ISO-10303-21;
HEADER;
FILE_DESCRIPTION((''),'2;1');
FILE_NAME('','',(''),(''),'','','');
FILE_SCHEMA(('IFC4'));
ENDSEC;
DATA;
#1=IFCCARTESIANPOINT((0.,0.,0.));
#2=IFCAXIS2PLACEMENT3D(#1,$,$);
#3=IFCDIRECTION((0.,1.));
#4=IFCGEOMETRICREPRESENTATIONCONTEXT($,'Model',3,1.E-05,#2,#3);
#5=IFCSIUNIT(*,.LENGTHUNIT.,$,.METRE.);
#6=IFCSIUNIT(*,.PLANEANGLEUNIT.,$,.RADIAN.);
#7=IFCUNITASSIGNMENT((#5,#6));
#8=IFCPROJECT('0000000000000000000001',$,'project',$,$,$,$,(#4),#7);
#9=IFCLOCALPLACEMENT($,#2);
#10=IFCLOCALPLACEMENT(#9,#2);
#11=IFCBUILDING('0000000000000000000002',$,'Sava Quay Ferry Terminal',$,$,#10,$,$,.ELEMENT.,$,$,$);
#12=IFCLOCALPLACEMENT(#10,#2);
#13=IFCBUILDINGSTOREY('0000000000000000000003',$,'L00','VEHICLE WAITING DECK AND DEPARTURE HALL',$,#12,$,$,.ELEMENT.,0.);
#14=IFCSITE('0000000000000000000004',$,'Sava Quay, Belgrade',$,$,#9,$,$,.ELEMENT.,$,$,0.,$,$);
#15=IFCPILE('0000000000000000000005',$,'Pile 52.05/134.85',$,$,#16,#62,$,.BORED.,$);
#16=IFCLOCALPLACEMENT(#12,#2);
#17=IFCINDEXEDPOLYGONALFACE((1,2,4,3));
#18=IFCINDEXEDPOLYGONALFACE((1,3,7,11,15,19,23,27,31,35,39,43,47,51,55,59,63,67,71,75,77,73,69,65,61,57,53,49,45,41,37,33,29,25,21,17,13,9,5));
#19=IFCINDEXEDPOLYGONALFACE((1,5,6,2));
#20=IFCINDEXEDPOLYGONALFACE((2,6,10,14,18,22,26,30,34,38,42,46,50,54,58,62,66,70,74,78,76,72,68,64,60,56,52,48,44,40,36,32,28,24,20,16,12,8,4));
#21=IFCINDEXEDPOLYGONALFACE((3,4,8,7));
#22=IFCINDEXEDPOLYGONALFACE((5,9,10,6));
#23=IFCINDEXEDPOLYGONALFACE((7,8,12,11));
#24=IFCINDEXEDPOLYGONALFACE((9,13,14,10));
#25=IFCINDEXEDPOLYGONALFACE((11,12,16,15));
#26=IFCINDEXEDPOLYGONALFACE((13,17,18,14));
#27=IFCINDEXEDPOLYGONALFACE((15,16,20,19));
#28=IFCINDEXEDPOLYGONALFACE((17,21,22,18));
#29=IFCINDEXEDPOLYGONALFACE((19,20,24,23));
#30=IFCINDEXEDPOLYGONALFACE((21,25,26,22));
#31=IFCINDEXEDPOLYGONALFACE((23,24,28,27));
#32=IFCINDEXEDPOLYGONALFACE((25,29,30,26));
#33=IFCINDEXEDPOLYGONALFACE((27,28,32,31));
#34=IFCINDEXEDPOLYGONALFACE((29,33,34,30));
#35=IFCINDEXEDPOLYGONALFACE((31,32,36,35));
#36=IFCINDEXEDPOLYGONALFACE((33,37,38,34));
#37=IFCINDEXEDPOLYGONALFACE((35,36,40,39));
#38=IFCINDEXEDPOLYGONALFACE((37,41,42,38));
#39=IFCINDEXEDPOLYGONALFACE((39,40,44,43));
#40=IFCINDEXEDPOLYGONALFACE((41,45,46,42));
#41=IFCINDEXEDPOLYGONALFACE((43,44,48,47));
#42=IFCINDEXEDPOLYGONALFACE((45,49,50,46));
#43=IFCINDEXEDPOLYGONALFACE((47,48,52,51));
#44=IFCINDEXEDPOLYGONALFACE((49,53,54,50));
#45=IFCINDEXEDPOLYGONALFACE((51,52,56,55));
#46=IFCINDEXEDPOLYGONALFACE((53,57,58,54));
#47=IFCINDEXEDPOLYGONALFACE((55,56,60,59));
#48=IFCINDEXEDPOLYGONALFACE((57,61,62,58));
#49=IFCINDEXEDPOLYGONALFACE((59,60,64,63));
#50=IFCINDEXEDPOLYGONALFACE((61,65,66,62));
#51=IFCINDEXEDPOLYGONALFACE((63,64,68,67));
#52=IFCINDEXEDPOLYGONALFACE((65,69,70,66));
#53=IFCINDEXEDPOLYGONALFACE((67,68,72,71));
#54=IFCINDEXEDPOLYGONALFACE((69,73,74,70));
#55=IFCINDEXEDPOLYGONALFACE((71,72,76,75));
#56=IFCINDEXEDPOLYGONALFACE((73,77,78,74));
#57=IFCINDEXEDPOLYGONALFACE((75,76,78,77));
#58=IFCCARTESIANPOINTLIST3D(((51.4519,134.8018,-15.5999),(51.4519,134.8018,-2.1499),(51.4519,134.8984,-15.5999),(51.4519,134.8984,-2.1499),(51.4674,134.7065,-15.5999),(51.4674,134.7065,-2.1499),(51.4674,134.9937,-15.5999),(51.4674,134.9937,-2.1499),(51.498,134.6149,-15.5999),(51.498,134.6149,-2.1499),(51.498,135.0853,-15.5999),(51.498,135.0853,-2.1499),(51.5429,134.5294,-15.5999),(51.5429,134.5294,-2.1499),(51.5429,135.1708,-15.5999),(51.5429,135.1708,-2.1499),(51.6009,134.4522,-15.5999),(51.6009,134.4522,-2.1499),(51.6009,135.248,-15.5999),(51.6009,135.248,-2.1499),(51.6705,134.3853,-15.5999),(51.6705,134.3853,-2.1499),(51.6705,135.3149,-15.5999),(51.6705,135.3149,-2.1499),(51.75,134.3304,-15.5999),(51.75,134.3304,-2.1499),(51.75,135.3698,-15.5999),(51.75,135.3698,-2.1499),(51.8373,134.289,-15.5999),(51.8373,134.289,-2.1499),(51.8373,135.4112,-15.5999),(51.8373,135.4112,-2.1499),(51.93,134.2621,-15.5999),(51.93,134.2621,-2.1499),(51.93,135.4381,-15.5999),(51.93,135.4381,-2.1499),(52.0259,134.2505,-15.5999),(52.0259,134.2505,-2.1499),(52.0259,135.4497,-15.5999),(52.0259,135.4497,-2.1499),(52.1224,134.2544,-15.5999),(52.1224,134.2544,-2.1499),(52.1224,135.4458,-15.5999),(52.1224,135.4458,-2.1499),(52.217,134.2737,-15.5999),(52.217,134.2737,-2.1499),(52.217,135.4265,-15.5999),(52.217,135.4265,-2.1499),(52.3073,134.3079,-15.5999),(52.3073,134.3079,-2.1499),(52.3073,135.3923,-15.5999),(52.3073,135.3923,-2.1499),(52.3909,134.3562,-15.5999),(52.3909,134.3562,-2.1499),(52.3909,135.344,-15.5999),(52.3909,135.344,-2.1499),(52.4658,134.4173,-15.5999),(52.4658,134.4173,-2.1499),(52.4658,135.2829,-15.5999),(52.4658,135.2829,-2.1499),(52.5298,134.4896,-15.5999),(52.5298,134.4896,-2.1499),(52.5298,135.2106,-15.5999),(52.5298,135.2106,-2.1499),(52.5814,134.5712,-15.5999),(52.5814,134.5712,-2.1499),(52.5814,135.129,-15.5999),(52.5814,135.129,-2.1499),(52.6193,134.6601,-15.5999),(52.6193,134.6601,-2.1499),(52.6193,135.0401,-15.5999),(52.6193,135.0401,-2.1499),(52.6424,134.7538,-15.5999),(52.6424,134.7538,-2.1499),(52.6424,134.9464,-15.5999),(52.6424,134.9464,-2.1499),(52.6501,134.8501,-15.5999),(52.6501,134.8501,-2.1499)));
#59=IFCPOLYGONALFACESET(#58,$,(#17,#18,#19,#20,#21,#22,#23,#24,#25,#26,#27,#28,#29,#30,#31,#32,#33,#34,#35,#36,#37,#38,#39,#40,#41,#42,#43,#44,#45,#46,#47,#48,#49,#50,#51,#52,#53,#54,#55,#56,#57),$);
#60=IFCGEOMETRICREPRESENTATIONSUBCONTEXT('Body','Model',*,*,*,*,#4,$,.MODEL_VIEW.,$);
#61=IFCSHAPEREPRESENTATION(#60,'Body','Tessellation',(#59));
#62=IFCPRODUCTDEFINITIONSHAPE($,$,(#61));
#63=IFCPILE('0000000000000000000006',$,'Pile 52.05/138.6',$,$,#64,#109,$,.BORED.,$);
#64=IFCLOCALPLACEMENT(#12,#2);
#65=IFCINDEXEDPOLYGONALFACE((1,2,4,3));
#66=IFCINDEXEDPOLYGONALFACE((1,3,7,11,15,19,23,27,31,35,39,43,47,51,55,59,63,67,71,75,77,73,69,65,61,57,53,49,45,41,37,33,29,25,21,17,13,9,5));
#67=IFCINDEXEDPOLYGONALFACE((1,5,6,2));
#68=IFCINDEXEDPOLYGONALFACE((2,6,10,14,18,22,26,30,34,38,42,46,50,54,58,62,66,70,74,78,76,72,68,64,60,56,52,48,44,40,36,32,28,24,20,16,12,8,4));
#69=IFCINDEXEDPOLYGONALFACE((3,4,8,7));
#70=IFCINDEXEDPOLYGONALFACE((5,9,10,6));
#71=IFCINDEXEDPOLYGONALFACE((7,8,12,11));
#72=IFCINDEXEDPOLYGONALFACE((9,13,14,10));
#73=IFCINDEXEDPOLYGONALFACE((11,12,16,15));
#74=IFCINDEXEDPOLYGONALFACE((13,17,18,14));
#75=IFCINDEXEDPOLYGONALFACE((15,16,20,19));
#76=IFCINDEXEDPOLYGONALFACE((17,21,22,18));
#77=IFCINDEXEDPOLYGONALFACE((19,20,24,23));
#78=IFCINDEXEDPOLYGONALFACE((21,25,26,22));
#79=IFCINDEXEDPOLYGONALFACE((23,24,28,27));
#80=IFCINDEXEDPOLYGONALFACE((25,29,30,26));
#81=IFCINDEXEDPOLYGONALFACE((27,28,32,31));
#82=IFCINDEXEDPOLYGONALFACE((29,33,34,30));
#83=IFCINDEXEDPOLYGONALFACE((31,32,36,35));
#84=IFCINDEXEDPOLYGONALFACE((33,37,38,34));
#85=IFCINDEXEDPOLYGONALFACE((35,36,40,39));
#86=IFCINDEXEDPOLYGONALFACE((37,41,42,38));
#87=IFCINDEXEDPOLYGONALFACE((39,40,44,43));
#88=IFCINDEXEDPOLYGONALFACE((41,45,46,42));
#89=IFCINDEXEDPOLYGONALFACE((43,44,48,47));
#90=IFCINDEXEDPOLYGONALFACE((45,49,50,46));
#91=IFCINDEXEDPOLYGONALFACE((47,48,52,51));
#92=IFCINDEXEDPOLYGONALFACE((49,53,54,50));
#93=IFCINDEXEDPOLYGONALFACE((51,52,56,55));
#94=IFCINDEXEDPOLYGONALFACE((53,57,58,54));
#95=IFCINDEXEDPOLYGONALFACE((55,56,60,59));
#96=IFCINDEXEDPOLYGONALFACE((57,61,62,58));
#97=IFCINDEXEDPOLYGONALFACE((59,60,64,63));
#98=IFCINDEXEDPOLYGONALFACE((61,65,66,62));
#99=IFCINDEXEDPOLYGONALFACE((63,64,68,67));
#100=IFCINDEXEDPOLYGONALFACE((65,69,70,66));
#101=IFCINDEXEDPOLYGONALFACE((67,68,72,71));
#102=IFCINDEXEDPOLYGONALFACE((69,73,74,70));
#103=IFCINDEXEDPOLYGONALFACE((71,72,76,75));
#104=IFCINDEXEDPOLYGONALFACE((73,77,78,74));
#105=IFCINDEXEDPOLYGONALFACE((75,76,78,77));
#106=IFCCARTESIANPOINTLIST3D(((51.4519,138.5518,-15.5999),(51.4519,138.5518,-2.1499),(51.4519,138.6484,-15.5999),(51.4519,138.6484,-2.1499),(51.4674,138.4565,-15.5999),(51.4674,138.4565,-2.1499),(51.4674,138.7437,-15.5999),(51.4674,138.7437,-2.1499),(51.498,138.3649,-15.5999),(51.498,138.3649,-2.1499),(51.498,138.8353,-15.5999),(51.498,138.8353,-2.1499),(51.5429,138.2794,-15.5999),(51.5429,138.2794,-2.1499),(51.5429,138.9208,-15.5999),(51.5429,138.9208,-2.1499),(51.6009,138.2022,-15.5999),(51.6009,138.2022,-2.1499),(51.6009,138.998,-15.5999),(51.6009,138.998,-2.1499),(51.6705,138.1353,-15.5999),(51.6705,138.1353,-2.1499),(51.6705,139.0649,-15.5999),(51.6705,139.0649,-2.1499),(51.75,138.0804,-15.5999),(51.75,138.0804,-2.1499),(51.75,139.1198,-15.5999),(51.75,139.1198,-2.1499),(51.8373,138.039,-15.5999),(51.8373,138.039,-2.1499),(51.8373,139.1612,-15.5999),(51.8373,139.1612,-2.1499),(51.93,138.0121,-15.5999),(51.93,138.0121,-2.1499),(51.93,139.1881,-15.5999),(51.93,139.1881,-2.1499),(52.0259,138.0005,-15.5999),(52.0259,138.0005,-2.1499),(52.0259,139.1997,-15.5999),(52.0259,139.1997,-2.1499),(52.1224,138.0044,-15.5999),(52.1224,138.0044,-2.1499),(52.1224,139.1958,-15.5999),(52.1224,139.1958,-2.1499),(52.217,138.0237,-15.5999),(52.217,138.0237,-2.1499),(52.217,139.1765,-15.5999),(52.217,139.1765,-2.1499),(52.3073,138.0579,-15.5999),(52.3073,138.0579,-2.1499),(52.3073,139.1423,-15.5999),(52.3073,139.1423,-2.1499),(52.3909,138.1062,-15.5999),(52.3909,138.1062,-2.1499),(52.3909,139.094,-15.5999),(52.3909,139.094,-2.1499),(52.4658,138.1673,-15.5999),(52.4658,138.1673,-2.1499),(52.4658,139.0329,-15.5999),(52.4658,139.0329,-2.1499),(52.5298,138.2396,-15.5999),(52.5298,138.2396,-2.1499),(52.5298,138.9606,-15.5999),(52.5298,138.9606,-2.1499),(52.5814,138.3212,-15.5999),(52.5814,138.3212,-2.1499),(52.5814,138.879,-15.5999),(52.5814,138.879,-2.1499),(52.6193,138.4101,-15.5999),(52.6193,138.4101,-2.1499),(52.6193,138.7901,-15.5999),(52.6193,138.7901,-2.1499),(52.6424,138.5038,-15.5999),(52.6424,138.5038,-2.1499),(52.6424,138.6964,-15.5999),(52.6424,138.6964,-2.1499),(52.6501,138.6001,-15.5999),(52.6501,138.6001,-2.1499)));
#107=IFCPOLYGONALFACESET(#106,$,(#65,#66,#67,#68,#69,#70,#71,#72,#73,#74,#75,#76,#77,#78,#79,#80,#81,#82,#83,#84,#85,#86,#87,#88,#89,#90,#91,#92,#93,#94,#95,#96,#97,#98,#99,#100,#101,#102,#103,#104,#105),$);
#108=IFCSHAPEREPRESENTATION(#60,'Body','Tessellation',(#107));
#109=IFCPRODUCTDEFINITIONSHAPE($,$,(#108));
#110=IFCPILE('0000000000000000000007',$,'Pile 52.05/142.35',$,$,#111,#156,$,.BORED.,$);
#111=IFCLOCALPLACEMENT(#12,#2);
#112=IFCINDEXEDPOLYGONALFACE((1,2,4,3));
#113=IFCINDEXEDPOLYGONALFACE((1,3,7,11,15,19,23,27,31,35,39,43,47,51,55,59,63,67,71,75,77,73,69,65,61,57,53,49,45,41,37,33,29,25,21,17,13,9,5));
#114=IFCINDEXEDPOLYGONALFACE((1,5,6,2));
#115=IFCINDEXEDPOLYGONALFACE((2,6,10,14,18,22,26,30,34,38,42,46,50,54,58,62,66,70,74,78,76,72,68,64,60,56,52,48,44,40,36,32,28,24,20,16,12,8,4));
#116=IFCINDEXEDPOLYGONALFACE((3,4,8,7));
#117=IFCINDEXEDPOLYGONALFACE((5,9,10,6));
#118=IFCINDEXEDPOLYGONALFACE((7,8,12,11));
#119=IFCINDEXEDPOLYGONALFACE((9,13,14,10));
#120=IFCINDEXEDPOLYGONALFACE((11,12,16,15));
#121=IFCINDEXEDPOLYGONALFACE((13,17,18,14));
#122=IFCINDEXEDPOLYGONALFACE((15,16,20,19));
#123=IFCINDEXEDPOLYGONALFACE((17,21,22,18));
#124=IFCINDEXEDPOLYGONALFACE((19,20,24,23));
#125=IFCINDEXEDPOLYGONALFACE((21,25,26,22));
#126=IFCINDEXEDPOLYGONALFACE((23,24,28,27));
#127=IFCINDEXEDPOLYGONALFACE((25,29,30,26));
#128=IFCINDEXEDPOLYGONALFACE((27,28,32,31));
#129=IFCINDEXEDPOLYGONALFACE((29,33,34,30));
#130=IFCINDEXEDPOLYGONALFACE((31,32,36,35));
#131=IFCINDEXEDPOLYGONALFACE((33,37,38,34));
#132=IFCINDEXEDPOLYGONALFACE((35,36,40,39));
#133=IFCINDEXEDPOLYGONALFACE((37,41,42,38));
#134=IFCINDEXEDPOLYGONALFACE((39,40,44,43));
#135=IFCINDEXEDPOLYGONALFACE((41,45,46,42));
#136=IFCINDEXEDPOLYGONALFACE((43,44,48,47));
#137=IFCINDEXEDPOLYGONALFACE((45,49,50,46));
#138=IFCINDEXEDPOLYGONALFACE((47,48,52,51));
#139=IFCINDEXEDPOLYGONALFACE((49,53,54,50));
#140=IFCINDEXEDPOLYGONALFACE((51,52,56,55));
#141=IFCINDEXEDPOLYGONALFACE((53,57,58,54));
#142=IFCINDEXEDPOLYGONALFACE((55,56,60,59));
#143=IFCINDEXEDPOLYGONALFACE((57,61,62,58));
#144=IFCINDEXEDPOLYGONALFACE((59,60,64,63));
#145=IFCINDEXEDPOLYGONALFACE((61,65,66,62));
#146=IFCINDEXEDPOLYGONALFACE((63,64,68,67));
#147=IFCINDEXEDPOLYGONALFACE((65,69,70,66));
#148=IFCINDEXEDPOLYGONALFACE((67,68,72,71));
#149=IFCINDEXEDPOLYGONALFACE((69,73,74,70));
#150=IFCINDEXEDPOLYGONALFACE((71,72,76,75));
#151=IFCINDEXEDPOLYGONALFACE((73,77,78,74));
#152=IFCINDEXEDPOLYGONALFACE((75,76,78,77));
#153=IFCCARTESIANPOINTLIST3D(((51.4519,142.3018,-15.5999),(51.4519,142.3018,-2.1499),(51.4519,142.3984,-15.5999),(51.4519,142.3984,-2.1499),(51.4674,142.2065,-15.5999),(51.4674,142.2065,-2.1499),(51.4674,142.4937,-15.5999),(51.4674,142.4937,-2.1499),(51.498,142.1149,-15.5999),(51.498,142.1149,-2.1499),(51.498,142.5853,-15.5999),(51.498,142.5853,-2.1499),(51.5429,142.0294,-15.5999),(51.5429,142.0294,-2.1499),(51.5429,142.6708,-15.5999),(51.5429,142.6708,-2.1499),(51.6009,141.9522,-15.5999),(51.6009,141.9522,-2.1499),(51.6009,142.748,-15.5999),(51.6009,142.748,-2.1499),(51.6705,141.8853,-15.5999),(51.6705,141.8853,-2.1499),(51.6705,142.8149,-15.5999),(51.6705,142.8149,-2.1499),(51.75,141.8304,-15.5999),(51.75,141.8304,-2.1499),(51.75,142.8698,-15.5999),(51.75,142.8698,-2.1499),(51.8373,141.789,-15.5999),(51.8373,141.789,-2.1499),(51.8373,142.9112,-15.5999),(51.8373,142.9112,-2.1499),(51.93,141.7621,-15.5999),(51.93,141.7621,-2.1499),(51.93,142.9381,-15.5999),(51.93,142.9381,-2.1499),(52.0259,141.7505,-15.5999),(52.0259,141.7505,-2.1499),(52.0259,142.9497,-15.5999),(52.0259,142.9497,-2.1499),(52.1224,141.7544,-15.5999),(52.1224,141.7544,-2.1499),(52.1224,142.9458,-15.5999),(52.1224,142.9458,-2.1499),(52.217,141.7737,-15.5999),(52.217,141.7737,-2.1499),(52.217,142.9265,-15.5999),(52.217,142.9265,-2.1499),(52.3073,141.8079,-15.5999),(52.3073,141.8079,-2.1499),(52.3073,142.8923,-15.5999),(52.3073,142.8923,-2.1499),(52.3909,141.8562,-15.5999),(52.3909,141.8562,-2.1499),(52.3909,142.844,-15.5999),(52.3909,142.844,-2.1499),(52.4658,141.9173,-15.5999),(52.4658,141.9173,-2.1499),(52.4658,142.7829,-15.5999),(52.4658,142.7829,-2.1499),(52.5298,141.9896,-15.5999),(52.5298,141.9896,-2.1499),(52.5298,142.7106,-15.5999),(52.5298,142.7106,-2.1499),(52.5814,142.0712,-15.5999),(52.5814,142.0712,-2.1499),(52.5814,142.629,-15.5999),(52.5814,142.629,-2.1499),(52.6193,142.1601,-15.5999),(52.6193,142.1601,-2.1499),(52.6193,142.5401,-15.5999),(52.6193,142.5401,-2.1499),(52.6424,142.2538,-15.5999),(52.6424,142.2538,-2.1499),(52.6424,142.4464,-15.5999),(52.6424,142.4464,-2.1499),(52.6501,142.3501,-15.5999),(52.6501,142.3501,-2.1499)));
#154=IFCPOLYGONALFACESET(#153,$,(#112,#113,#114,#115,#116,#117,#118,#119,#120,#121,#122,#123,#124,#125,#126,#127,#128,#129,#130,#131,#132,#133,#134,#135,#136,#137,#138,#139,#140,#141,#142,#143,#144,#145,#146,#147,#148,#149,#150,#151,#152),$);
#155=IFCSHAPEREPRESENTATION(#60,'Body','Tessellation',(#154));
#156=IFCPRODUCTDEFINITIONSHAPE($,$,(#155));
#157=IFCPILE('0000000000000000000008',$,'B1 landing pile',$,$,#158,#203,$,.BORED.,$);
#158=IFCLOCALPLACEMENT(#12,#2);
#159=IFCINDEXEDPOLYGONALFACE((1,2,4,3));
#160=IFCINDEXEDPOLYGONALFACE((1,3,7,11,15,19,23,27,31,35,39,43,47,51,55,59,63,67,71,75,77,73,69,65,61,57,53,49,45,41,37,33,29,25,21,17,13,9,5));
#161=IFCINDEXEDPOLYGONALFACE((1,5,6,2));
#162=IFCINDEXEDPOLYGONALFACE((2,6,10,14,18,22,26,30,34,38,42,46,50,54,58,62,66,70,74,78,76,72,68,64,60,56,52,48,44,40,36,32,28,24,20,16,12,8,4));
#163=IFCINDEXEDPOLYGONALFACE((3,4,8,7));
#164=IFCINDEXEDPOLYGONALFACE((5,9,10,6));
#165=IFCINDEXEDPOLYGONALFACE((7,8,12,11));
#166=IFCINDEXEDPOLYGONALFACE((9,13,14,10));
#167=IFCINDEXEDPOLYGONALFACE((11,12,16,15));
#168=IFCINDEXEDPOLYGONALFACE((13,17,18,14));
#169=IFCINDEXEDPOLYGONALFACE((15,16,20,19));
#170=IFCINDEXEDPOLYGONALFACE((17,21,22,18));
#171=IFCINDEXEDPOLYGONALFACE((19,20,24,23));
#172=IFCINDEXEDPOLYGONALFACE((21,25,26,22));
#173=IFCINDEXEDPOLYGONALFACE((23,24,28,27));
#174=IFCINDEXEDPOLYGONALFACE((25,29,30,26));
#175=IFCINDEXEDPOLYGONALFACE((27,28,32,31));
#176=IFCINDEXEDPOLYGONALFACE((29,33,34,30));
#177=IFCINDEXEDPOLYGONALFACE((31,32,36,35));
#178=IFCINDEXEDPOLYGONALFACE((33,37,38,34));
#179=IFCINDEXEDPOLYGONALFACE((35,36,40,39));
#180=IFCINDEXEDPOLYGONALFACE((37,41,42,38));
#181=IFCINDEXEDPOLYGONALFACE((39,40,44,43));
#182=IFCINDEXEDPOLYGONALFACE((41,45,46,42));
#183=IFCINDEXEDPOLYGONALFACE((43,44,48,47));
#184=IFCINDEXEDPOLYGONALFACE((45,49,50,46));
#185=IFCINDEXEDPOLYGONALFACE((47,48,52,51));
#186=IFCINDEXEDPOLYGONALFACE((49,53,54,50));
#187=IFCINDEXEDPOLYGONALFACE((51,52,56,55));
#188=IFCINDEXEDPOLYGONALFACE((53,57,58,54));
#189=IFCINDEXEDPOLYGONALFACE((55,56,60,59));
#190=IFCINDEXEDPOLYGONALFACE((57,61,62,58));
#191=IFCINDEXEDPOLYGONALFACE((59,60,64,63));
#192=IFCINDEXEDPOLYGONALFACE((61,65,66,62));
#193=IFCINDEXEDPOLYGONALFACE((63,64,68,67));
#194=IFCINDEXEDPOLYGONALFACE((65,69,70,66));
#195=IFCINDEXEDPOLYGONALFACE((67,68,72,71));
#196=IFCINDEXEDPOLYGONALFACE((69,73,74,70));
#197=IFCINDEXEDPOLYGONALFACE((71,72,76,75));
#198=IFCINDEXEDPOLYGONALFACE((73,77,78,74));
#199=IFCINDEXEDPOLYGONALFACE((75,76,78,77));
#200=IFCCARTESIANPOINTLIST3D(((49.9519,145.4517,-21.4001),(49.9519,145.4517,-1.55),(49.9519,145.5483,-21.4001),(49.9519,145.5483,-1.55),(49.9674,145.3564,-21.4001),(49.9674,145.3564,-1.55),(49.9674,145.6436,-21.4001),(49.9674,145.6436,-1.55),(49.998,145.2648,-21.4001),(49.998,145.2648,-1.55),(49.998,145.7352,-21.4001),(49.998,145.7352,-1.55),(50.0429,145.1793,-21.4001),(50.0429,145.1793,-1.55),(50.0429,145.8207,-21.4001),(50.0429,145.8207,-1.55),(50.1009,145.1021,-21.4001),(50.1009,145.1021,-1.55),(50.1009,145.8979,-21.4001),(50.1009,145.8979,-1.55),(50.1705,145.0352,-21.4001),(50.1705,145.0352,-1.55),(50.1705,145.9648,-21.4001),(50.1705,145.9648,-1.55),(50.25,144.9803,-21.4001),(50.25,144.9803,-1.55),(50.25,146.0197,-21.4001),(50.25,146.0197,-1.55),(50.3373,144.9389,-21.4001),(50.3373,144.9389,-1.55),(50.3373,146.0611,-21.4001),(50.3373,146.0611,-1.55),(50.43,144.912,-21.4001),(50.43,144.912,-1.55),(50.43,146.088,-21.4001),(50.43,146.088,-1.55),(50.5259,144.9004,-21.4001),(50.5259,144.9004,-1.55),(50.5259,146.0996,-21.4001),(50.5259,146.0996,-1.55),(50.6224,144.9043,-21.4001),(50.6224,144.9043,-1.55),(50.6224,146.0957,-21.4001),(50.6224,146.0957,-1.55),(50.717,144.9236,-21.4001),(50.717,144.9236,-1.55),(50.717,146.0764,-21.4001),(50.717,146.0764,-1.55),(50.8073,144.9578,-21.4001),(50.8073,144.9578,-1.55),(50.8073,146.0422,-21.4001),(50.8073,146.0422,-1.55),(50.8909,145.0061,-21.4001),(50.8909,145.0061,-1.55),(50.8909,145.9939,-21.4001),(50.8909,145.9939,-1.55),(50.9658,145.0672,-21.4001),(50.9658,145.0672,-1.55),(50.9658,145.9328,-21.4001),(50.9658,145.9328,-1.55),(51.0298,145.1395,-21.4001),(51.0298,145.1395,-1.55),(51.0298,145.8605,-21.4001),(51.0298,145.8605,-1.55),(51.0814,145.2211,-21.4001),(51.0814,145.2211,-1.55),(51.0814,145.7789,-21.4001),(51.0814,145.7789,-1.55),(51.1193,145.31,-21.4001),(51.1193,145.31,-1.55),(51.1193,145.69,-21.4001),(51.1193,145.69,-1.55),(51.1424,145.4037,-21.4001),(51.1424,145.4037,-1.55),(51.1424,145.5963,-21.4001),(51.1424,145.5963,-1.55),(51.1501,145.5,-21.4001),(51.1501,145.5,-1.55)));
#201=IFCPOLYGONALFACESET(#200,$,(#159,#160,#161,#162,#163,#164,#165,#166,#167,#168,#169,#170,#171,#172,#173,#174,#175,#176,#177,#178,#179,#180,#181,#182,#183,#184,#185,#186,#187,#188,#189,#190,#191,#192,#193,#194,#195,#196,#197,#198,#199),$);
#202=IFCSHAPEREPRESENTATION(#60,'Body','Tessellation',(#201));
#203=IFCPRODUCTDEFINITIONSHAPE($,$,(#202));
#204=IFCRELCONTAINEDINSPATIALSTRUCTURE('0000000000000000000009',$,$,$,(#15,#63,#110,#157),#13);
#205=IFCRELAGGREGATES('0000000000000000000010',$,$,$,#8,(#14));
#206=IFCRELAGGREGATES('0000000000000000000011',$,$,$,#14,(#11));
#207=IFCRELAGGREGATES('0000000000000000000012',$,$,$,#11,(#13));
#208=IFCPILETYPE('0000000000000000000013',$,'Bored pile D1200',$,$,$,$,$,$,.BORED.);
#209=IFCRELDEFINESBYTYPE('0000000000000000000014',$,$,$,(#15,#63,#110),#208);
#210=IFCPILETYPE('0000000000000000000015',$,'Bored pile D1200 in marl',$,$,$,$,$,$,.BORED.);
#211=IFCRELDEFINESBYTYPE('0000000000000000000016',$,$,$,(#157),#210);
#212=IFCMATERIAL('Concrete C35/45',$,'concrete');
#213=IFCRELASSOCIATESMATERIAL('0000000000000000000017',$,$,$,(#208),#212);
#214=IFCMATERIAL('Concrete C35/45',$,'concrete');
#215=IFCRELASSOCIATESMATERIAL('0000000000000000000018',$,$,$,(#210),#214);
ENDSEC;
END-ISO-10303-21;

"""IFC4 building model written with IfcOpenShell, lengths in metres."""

from ifc_helpers import new_model, si_unit, direction, frame, origin, origin_2d, place, context, subcontext, project, spatial, circle, extrude, material, material_profile, profile_set, type_object, element, save


model = new_model("IFC4")

# Units and contexts
model_context = context("Model", 3, precision=1e-05, world=origin(), true_north=direction((0.0, 1.0)))
body_context = subcontext(model_context, "Body", "Model", "MODEL_VIEW")
ifc_project = project(units=[si_unit("LENGTHUNIT", "METRE"), si_unit("PLANEANGLEUNIT", "RADIAN")], contexts=[model_context])

# Site, building, storey
site_placement = place(None, origin())
site = spatial("IfcSite", under=ifc_project, at=site_placement, Name="Sava Quay, Belgrade", CompositionType="ELEMENT", RefElevation=0.0)
building_placement = place(site_placement, origin())
building = spatial("IfcBuilding", under=site, at=building_placement, Name="Sava Quay Ferry Terminal", CompositionType="ELEMENT")
storey_placement = place(building_placement, origin())
storey = spatial("IfcBuildingStorey", under=building, at=storey_placement, Name="L00", Description="VEHICLE WAITING DECK AND DEPARTURE HALL", CompositionType="ELEMENT", Elevation=0.0)

# Piles
ifc_material_1 = material(Name="Concrete C35/45", Category="concrete")
ifc_material_profile_1 = material_profile(ifc_material_1, circle(Radius=0.6001, at=origin_2d()), Name="Bored pile D1200")
ifc_profile_set_1 = profile_set([ifc_material_profile_1], Name="Concrete C35/45")
pile_type_1 = type_object("IfcPileType", Name="Bored pile D1200", PredefinedType="BORED", material=ifc_profile_set_1)
for number, where, z_axis, x_axis, name in (
    (1, (52.05, 134.8501, -2.1499), (0.0, 0.0, -1.0), (1.0, 0.0, 0.0), "Pile 52.05/134.85"),
    (2, (52.05, 138.6001, -2.1499), (0.0, 0.0, -1.0), (1.0, 0.0, 0.0), "Pile 52.05/138.6"),
    (3, (52.05, 142.3501, -2.1499), (0.0, 0.0, -1.0), (1.0, 0.0, 0.0), "Pile 52.05/142.35"),
):
    element("IfcPile", number, at=place(storey_placement, frame(where, z_axis=z_axis, x_axis=x_axis)), inside=storey, type_object=pile_type_1, Name=name, PredefinedType="BORED", context=body_context, shape_type="SweptSolid", body=[
        extrude(circle(Radius=0.6001, at=origin_2d()), origin(), (0.0, 0.0, 1.0), 13.45),
    ])
ifc_material_2 = material(Name="Concrete C35/45", Category="concrete")
ifc_material_profile_2 = material_profile(ifc_material_2, circle(Radius=0.6001, at=origin_2d()), Name="Bored pile D1200 in marl")
ifc_profile_set_2 = profile_set([ifc_material_profile_2], Name="Concrete C35/45")
pile_type_2 = type_object("IfcPileType", Name="Bored pile D1200 in marl", PredefinedType="BORED", material=ifc_profile_set_2)
pile_placement = place(storey_placement, frame((50.55, 145.5, -1.55), z_axis=(0.0, 0.0, -1.0), x_axis=(1.0, 0.0, 0.0)))
element("IfcPile", 4, at=pile_placement, inside=storey, type_object=pile_type_2, Name="B1 landing pile", PredefinedType="BORED", context=body_context, shape_type="SweptSolid", body=[
    extrude(circle(Radius=0.6001, at=origin_2d()), origin(), (0.0, 0.0, 1.0), 19.8501),
])

save(model, "model.ifc")
